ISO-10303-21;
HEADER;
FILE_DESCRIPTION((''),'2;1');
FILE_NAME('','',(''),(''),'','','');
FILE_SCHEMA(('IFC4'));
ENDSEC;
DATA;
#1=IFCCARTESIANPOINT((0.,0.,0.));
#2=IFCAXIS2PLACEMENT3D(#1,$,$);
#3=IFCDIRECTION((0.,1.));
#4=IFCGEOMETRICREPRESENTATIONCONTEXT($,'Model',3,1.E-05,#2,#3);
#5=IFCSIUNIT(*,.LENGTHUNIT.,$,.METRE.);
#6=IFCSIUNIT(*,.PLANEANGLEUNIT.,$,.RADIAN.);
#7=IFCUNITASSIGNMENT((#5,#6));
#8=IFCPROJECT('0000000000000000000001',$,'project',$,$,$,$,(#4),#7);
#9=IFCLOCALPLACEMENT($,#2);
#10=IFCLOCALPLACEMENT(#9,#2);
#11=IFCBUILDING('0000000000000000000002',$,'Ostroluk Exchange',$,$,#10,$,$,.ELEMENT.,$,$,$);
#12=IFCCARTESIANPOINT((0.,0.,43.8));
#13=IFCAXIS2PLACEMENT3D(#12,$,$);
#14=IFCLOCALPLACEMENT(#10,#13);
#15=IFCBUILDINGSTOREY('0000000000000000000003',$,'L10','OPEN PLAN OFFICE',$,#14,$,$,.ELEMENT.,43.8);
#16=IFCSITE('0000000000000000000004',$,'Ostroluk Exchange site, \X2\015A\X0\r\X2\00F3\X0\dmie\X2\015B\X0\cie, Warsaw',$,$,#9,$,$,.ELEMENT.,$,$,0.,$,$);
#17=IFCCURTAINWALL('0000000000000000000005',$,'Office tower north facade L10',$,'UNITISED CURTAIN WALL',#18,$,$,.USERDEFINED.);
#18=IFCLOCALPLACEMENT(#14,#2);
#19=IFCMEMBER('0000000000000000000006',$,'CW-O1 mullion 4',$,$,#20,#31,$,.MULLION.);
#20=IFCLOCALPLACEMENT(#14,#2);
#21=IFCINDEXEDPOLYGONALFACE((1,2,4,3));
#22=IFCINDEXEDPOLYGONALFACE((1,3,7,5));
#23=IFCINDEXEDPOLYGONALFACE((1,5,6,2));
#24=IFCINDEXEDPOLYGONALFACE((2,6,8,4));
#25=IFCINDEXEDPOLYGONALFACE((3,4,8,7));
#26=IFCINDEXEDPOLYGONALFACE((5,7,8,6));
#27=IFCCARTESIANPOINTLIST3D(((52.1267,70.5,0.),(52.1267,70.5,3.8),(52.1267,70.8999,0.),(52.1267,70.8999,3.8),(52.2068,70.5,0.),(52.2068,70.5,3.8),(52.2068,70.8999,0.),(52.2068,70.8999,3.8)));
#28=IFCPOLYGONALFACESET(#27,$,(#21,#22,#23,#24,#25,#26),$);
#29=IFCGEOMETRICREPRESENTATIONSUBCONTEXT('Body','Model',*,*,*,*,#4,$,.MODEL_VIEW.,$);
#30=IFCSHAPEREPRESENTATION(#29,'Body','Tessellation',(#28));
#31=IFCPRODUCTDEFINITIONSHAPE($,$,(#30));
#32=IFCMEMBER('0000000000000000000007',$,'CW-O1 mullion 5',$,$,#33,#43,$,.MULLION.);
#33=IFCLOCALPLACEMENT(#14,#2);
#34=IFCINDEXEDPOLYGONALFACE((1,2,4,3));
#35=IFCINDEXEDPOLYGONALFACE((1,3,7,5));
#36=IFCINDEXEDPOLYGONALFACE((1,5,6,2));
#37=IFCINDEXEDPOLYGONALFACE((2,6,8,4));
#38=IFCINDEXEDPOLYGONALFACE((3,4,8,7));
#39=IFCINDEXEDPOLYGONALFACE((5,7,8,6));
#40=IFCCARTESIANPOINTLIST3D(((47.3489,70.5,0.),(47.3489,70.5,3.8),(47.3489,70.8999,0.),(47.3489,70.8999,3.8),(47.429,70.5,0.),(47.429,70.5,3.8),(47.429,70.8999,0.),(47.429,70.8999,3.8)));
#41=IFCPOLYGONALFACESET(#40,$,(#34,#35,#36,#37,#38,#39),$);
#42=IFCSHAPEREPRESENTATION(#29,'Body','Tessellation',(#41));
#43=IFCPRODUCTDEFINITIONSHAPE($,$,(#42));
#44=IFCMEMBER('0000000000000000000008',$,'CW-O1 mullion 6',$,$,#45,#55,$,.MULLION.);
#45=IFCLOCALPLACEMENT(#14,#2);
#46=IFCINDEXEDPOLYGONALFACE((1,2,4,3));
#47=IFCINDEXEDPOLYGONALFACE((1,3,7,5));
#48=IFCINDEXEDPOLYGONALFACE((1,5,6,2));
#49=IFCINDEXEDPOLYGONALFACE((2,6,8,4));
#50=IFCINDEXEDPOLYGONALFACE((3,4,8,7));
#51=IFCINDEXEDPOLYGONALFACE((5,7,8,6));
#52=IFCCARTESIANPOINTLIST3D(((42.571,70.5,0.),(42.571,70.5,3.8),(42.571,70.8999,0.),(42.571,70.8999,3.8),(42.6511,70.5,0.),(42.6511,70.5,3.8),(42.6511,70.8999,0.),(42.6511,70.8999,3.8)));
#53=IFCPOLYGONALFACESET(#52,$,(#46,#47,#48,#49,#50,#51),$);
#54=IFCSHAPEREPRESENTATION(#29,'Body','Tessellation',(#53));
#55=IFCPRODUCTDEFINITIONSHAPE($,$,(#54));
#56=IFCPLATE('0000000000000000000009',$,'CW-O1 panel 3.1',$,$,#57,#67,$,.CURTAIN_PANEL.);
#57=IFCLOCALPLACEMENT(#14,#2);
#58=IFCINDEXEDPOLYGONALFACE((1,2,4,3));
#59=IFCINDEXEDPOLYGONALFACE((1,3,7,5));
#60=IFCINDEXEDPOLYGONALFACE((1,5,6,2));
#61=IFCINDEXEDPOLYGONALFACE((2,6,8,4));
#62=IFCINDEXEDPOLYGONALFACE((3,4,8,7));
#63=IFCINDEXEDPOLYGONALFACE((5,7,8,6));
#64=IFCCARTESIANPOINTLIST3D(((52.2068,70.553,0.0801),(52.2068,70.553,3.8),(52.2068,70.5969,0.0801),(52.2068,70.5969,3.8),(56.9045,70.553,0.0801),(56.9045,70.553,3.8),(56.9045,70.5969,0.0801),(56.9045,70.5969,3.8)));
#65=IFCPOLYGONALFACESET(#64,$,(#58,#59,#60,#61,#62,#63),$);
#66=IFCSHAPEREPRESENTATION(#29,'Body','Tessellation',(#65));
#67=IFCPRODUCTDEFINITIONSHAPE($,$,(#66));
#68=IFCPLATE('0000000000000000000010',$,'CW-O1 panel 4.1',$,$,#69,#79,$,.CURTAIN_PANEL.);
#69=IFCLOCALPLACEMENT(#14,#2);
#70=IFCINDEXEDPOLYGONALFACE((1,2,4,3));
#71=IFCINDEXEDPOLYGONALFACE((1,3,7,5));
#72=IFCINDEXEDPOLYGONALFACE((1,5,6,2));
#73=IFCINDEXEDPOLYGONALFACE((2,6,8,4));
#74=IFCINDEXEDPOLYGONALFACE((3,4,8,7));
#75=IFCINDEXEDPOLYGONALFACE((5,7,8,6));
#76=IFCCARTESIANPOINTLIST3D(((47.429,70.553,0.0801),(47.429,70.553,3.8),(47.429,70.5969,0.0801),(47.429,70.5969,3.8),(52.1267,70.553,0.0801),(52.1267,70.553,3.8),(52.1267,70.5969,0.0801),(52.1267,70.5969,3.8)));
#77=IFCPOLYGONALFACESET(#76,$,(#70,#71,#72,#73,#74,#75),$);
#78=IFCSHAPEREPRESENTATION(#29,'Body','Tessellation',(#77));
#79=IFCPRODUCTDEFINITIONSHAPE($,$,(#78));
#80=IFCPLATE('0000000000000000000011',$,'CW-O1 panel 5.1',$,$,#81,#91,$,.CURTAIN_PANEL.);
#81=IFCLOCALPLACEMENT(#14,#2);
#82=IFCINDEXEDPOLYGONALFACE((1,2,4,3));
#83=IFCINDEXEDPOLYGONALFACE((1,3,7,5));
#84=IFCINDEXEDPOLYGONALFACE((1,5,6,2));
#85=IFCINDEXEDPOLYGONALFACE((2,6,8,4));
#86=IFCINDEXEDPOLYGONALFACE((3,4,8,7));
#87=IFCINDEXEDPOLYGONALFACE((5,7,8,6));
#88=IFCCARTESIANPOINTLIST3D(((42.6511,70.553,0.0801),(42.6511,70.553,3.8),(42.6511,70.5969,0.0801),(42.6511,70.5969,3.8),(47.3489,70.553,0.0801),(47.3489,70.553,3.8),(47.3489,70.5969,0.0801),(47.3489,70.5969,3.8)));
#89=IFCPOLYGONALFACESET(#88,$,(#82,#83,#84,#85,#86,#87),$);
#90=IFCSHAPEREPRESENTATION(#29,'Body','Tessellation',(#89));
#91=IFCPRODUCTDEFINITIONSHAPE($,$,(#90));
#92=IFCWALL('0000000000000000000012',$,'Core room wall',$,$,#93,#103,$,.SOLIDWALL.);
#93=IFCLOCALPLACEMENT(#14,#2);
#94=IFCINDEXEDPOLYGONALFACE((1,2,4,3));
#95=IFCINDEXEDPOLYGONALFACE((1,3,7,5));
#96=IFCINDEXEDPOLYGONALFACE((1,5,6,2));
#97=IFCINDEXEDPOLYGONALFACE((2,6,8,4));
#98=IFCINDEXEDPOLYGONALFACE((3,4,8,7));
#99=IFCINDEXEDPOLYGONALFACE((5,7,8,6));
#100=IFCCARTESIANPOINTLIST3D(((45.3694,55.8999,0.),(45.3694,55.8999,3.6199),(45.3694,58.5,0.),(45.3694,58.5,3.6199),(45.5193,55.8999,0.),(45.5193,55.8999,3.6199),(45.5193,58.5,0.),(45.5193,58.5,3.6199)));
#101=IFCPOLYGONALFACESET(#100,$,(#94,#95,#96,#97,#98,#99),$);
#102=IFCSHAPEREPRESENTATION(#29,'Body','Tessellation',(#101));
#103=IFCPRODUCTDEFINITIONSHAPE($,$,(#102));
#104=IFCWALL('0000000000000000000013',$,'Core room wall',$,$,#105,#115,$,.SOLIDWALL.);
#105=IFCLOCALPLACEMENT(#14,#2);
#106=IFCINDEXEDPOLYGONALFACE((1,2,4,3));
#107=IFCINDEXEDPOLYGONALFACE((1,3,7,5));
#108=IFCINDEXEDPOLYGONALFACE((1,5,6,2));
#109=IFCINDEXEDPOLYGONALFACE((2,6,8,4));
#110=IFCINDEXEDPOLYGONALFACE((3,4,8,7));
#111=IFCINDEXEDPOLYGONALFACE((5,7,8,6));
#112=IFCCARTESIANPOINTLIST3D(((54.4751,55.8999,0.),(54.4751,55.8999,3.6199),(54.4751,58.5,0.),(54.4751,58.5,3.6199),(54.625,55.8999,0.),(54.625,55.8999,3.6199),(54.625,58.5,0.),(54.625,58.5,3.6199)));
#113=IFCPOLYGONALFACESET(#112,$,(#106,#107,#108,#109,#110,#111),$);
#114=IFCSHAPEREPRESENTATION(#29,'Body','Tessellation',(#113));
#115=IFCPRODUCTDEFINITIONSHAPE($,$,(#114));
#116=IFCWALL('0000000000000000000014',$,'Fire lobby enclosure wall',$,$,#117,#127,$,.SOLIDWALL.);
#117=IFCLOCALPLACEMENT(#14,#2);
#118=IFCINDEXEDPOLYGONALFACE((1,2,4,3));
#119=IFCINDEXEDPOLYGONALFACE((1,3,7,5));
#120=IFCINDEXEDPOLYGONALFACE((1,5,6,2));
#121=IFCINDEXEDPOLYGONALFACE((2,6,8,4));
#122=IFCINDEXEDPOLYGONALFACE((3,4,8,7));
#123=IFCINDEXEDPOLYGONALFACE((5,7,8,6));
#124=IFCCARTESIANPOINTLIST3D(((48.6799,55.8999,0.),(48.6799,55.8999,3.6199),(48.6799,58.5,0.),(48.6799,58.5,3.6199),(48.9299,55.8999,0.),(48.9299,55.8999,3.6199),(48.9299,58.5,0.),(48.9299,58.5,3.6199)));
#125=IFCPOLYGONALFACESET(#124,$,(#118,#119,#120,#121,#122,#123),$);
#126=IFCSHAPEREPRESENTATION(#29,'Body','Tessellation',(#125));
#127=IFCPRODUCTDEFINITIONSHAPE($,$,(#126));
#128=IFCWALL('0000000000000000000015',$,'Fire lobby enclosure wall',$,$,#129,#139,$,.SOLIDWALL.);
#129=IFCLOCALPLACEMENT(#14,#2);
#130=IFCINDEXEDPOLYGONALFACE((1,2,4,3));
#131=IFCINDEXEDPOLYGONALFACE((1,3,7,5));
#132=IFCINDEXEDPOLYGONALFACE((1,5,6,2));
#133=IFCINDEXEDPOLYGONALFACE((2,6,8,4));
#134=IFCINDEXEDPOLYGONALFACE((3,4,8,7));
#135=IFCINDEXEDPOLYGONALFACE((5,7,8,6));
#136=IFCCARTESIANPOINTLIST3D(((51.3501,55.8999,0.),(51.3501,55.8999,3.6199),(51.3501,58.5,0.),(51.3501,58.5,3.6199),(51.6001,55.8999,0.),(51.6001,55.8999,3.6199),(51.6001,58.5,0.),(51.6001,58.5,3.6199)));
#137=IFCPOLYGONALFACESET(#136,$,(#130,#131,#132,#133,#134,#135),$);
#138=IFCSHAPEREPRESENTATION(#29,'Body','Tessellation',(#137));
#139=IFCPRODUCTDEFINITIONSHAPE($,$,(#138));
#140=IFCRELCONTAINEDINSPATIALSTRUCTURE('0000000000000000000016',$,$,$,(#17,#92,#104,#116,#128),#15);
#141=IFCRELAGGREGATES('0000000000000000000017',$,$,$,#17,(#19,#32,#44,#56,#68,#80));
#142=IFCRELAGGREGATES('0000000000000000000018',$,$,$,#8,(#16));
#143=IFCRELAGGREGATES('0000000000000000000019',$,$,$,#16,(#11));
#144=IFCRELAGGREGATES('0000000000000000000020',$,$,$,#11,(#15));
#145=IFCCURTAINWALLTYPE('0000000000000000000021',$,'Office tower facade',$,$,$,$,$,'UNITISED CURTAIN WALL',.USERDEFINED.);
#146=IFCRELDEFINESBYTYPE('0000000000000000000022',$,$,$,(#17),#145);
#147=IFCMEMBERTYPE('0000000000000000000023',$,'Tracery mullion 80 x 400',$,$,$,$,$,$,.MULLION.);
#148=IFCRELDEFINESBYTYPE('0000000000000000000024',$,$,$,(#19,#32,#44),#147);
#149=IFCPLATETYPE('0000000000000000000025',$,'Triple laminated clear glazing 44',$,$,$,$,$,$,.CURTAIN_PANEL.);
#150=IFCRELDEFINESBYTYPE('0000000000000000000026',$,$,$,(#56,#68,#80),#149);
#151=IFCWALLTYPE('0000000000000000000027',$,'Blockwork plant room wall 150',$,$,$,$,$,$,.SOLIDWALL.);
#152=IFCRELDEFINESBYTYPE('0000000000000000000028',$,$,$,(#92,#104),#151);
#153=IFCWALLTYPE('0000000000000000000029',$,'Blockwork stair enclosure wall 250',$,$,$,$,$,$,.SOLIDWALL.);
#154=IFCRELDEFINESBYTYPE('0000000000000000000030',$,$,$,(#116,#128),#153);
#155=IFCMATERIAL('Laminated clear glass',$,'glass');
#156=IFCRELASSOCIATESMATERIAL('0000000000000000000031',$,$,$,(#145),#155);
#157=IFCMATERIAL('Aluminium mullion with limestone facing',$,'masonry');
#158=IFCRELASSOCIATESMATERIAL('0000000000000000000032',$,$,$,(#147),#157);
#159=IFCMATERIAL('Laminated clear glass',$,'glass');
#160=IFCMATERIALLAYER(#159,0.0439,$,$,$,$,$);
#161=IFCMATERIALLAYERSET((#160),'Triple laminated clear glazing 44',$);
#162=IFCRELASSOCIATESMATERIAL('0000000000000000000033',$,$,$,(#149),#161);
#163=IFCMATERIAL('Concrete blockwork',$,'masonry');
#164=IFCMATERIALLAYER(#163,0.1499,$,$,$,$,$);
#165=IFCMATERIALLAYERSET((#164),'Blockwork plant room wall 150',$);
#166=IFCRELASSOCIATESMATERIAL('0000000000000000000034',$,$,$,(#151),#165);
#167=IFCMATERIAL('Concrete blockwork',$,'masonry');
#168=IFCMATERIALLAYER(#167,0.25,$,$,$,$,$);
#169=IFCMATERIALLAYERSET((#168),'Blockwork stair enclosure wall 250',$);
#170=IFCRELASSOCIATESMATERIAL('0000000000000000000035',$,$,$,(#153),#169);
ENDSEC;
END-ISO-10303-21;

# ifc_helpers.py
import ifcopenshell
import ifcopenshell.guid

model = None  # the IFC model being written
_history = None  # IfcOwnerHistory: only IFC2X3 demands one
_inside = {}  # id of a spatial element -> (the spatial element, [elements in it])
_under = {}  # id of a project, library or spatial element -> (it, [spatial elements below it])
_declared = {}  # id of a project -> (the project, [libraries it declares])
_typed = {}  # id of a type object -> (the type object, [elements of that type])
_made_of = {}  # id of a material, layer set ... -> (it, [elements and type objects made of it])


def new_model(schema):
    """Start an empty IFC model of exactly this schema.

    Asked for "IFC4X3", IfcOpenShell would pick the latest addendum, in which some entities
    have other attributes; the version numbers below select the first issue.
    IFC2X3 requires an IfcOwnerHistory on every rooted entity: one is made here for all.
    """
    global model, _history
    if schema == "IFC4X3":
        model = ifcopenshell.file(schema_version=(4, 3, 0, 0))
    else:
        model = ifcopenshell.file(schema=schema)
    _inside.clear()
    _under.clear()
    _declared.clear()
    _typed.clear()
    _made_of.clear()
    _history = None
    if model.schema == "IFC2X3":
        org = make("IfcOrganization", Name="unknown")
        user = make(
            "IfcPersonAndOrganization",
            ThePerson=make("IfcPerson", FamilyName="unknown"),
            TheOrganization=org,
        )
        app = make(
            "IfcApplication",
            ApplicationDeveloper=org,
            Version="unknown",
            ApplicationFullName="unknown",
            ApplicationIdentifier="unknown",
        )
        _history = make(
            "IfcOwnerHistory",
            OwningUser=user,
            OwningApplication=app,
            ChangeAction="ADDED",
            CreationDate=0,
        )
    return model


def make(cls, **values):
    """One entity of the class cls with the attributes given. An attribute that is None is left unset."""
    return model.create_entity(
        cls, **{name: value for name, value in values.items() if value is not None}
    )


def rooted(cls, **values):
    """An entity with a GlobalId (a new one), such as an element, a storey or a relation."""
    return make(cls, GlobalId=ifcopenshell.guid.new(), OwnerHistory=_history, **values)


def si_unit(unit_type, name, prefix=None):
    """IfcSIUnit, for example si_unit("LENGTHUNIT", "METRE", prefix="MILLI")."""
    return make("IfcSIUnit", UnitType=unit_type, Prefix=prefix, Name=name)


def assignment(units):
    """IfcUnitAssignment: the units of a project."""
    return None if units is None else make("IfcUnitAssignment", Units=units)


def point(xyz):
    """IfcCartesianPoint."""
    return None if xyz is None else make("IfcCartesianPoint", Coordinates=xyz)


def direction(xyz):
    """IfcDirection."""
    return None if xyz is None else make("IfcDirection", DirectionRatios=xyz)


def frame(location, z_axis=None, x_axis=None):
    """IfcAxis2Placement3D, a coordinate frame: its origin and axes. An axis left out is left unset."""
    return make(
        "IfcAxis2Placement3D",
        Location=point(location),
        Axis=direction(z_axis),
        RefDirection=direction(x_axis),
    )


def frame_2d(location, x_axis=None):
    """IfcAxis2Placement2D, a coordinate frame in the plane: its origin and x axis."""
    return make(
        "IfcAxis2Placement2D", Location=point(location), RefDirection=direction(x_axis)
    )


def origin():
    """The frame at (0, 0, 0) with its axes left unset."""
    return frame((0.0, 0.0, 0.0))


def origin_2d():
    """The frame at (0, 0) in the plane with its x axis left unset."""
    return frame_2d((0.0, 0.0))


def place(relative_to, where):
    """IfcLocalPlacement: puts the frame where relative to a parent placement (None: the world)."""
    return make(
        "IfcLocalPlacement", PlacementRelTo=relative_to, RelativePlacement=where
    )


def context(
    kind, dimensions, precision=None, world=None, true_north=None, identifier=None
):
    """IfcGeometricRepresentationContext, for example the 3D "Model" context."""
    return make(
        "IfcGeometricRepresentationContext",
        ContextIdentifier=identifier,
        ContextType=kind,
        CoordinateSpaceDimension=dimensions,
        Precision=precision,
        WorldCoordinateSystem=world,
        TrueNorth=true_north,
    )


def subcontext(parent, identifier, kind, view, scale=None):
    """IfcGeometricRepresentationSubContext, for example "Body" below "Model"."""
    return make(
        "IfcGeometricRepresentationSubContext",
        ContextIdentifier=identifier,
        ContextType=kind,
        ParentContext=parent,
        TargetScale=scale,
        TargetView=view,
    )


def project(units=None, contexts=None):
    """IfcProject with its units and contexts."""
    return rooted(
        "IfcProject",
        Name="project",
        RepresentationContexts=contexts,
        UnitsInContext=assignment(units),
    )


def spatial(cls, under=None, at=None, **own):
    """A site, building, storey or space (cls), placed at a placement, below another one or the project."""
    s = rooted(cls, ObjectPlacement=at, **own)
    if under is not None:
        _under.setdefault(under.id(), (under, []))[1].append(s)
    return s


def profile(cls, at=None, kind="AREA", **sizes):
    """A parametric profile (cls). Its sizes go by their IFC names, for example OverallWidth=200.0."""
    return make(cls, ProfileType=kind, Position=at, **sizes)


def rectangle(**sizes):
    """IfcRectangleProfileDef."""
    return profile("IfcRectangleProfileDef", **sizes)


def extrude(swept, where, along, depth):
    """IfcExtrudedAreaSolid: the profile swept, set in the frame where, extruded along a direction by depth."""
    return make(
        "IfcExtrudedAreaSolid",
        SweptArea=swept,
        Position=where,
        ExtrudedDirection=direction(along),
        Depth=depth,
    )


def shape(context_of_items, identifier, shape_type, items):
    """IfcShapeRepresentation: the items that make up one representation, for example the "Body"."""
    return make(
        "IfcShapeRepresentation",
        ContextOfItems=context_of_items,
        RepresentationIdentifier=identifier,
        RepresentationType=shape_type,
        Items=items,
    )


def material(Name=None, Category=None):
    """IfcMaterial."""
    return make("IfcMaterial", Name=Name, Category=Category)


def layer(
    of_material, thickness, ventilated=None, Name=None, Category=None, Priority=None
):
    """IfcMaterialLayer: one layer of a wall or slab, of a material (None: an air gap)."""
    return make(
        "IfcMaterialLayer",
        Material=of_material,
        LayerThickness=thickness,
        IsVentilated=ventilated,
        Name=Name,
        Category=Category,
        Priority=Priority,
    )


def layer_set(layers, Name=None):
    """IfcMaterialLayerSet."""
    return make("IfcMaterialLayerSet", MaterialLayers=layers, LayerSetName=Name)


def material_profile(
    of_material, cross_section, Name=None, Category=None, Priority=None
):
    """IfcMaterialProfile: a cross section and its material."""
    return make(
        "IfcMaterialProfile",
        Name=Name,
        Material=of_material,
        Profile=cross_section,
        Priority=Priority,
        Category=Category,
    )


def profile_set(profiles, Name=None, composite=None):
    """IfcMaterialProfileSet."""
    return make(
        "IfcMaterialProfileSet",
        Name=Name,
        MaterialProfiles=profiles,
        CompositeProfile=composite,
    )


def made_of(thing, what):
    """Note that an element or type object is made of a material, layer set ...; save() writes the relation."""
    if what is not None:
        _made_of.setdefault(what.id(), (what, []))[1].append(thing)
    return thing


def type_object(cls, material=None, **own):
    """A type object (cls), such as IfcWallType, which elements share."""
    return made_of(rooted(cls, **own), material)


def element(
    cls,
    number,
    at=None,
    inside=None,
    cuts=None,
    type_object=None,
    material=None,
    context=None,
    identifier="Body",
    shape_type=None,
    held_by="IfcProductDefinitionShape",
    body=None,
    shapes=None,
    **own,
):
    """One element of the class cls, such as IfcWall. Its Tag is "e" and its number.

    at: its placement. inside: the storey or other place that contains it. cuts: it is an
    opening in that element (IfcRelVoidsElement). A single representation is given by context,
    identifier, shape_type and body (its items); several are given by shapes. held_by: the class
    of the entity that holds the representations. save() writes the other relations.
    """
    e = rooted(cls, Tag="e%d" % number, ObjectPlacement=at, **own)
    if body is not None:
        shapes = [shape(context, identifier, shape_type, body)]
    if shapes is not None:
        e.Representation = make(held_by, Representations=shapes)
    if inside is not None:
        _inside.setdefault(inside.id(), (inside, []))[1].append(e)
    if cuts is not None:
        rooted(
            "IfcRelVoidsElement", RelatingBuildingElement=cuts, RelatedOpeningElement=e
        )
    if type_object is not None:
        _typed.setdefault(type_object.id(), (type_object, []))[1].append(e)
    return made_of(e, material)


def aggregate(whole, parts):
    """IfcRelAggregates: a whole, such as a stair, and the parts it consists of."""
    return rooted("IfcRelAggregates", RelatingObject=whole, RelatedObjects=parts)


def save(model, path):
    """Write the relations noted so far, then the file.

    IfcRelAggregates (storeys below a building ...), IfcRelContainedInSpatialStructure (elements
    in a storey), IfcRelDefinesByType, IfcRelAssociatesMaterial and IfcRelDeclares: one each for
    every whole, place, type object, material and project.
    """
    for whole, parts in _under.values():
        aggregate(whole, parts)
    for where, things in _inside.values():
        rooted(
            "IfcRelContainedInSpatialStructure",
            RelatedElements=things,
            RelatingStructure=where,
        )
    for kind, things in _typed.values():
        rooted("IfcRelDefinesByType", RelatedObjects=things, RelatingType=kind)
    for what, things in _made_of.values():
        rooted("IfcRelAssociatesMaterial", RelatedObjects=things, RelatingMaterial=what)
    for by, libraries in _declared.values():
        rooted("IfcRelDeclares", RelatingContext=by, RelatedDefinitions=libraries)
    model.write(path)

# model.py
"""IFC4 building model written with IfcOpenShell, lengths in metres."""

from ifc_helpers import new_model, si_unit, direction, frame, frame_2d, origin, origin_2d, place, context, subcontext, project, spatial, rectangle, extrude, material, layer, layer_set, material_profile, profile_set, type_object, element, aggregate, save


model = new_model("IFC4")

# Units and contexts
model_context = context("Model", 3, precision=1e-05, world=origin(), true_north=direction((0.0, 1.0)))
body_context = subcontext(model_context, "Body", "Model", "MODEL_VIEW")
ifc_project = project(units=[si_unit("LENGTHUNIT", "METRE"), si_unit("PLANEANGLEUNIT", "RADIAN")], contexts=[model_context])

# Site, building, storey
site_placement = place(None, origin())
site = spatial("IfcSite", under=ifc_project, at=site_placement, Name="Ostroluk Exchange site, Śródmieście, Warsaw", CompositionType="ELEMENT", RefElevation=0.0)
building_placement = place(site_placement, origin())
building = spatial("IfcBuilding", under=site, at=building_placement, Name="Ostroluk Exchange", CompositionType="ELEMENT")
storey_placement = place(building_placement, frame((0.0, 0.0, 43.8)))
storey = spatial("IfcBuildingStorey", under=building, at=storey_placement, Name="L10", Description="OPEN PLAN OFFICE", CompositionType="ELEMENT", Elevation=43.8)

# Curtain wall, members, plates
ifc_material_1 = material(Name="Laminated clear glass", Category="glass")
curtain_wall_type = type_object("IfcCurtainWallType", Name="Office tower facade", ElementType="UNITISED CURTAIN WALL", PredefinedType="USERDEFINED", material=ifc_material_1)
curtain_wall_placement = place(storey_placement, origin())
curtain_wall = element("IfcCurtainWall", 1, at=curtain_wall_placement, inside=storey, type_object=curtain_wall_type, Name="Office tower north facade L10", ObjectType="UNITISED CURTAIN WALL", PredefinedType="USERDEFINED")
ifc_material_2 = material(Name="Aluminium mullion with limestone facing", Category="masonry")
ifc_material_profile_1 = material_profile(ifc_material_2, rectangle(XDim=0.3999, YDim=0.0801, at=origin_2d()), Name="Tracery mullion 80 x 400")
ifc_profile_set_1 = profile_set([ifc_material_profile_1], Name="Aluminium mullion with limestone facing")
member_type_1 = type_object("IfcMemberType", Name="Tracery mullion 80 x 400", PredefinedType="MULLION", material=ifc_profile_set_1)
member_1_placement = place(storey_placement, frame((52.1667, 70.7, 0.0), z_axis=(0.0, 0.0, 1.0), x_axis=(0.0, -1.0, 0.0)))
member_1 = element("IfcMember", 2, at=member_1_placement, type_object=member_type_1, Name="CW-O1 mullion 4", PredefinedType="MULLION", context=body_context, shape_type="SweptSolid", body=[
    extrude(rectangle(XDim=0.3999, YDim=0.0801, at=origin_2d()), origin(), (0.0, 0.0, 1.0), 3.8),
])
member_2_placement = place(storey_placement, frame((47.3889, 70.7, 0.0), z_axis=(0.0, 0.0, 1.0), x_axis=(0.0, -1.0, 0.0)))
member_2 = element("IfcMember", 3, at=member_2_placement, type_object=member_type_1, Name="CW-O1 mullion 5", PredefinedType="MULLION", context=body_context, shape_type="SweptSolid", body=[
    extrude(rectangle(XDim=0.3999, YDim=0.0801, at=origin_2d()), origin(), (0.0, 0.0, 1.0), 3.8),
])
member_3_placement = place(storey_placement, frame((42.6111, 70.7, 0.0), z_axis=(0.0, 0.0, 1.0), x_axis=(0.0, -1.0, 0.0)))
member_3 = element("IfcMember", 4, at=member_3_placement, type_object=member_type_1, Name="CW-O1 mullion 6", PredefinedType="MULLION", context=body_context, shape_type="SweptSolid", body=[
    extrude(rectangle(XDim=0.3999, YDim=0.0801, at=origin_2d()), origin(), (0.0, 0.0, 1.0), 3.8),
])
ifc_material_3 = material(Name="Laminated clear glass", Category="glass")
ifc_layer_1 = layer(ifc_material_3, 0.0439)
ifc_layer_set_1 = layer_set([ifc_layer_1], Name="Triple laminated clear glazing 44")
plate_type = type_object("IfcPlateType", Name="Triple laminated clear glazing 44", PredefinedType="CURTAIN_PANEL", material=ifc_layer_set_1)
plate_1_placement = place(storey_placement, frame((54.5557, 70.575, 0.0801), z_axis=(0.0, 0.0, 1.0), x_axis=(-1.0, 0.0, 0.0)))
plate_1 = element("IfcPlate", 5, at=plate_1_placement, type_object=plate_type, Name="CW-O1 panel 3.1", PredefinedType="CURTAIN_PANEL", context=body_context, shape_type="SweptSolid", body=[
    extrude(rectangle(XDim=4.6978, YDim=0.0439, at=origin_2d()), origin(), (0.0, 0.0, 1.0), 3.72),
])
plate_2_placement = place(storey_placement, frame((49.7778, 70.575, 0.0801), z_axis=(0.0, 0.0, 1.0), x_axis=(-1.0, 0.0, 0.0)))
plate_2 = element("IfcPlate", 6, at=plate_2_placement, type_object=plate_type, Name="CW-O1 panel 4.1", PredefinedType="CURTAIN_PANEL", context=body_context, shape_type="SweptSolid", body=[
    extrude(rectangle(XDim=4.6978, YDim=0.0439, at=origin_2d()), origin(), (0.0, 0.0, 1.0), 3.72),
])
plate_3_placement = place(storey_placement, frame((45.0, 70.575, 0.0801), z_axis=(0.0, 0.0, 1.0), x_axis=(-1.0, 0.0, 0.0)))
plate_3 = element("IfcPlate", 7, at=plate_3_placement, type_object=plate_type, Name="CW-O1 panel 5.1", PredefinedType="CURTAIN_PANEL", context=body_context, shape_type="SweptSolid", body=[
    extrude(rectangle(XDim=4.6978, YDim=0.0439, at=origin_2d()), origin(), (0.0, 0.0, 1.0), 3.72),
])
aggregate(curtain_wall, [member_1, member_2, member_3, plate_1, plate_2, plate_3])

# Walls
ifc_material_4 = material(Name="Concrete blockwork", Category="masonry")
ifc_layer_2 = layer(ifc_material_4, 0.1499)
ifc_layer_set_2 = layer_set([ifc_layer_2], Name="Blockwork plant room wall 150")
wall_type_1 = type_object("IfcWallType", Name="Blockwork plant room wall 150", PredefinedType="SOLIDWALL", material=ifc_layer_set_2)
for number, where, z_axis, x_axis, name in (
    (8, (45.4443, 55.8999, 0.0), (0.0, 0.0, 1.0), (0.0, 1.0, 0.0), "Core room wall"),
    (9, (54.55, 55.8999, 0.0), (0.0, 0.0, 1.0), (0.0, 1.0, 0.0), "Core room wall"),
):
    element("IfcWall", number, at=place(storey_placement, frame(where, z_axis=z_axis, x_axis=x_axis)), inside=storey, type_object=wall_type_1, Name=name, PredefinedType="SOLIDWALL", context=body_context, shape_type="SweptSolid", body=[
        extrude(rectangle(XDim=2.6001, YDim=0.1499, at=frame_2d((1.3, 0.0))), origin(), (0.0, 0.0, 1.0), 3.6199),
    ])
ifc_material_5 = material(Name="Concrete blockwork", Category="masonry")
ifc_layer_3 = layer(ifc_material_5, 0.25)
ifc_layer_set_3 = layer_set([ifc_layer_3], Name="Blockwork stair enclosure wall 250")
wall_type_2 = type_object("IfcWallType", Name="Blockwork stair enclosure wall 250", PredefinedType="SOLIDWALL", material=ifc_layer_set_3)
for number, where, z_axis, x_axis, name in (
    (10, (48.8049, 55.8999, 0.0), (0.0, 0.0, 1.0), (0.0, 1.0, 0.0), "Fire lobby enclosure wall"),
    (11, (51.4751, 55.8999, 0.0), (0.0, 0.0, 1.0), (0.0, 1.0, 0.0), "Fire lobby enclosure wall"),
):
    element("IfcWall", number, at=place(storey_placement, frame(where, z_axis=z_axis, x_axis=x_axis)), inside=storey, type_object=wall_type_2, Name=name, PredefinedType="SOLIDWALL", context=body_context, shape_type="SweptSolid", body=[
        extrude(rectangle(XDim=2.6001, YDim=0.25, at=frame_2d((1.3, 0.0))), origin(), (0.0, 0.0, 1.0), 3.6199),
    ])

save(model, "model.ifc")
